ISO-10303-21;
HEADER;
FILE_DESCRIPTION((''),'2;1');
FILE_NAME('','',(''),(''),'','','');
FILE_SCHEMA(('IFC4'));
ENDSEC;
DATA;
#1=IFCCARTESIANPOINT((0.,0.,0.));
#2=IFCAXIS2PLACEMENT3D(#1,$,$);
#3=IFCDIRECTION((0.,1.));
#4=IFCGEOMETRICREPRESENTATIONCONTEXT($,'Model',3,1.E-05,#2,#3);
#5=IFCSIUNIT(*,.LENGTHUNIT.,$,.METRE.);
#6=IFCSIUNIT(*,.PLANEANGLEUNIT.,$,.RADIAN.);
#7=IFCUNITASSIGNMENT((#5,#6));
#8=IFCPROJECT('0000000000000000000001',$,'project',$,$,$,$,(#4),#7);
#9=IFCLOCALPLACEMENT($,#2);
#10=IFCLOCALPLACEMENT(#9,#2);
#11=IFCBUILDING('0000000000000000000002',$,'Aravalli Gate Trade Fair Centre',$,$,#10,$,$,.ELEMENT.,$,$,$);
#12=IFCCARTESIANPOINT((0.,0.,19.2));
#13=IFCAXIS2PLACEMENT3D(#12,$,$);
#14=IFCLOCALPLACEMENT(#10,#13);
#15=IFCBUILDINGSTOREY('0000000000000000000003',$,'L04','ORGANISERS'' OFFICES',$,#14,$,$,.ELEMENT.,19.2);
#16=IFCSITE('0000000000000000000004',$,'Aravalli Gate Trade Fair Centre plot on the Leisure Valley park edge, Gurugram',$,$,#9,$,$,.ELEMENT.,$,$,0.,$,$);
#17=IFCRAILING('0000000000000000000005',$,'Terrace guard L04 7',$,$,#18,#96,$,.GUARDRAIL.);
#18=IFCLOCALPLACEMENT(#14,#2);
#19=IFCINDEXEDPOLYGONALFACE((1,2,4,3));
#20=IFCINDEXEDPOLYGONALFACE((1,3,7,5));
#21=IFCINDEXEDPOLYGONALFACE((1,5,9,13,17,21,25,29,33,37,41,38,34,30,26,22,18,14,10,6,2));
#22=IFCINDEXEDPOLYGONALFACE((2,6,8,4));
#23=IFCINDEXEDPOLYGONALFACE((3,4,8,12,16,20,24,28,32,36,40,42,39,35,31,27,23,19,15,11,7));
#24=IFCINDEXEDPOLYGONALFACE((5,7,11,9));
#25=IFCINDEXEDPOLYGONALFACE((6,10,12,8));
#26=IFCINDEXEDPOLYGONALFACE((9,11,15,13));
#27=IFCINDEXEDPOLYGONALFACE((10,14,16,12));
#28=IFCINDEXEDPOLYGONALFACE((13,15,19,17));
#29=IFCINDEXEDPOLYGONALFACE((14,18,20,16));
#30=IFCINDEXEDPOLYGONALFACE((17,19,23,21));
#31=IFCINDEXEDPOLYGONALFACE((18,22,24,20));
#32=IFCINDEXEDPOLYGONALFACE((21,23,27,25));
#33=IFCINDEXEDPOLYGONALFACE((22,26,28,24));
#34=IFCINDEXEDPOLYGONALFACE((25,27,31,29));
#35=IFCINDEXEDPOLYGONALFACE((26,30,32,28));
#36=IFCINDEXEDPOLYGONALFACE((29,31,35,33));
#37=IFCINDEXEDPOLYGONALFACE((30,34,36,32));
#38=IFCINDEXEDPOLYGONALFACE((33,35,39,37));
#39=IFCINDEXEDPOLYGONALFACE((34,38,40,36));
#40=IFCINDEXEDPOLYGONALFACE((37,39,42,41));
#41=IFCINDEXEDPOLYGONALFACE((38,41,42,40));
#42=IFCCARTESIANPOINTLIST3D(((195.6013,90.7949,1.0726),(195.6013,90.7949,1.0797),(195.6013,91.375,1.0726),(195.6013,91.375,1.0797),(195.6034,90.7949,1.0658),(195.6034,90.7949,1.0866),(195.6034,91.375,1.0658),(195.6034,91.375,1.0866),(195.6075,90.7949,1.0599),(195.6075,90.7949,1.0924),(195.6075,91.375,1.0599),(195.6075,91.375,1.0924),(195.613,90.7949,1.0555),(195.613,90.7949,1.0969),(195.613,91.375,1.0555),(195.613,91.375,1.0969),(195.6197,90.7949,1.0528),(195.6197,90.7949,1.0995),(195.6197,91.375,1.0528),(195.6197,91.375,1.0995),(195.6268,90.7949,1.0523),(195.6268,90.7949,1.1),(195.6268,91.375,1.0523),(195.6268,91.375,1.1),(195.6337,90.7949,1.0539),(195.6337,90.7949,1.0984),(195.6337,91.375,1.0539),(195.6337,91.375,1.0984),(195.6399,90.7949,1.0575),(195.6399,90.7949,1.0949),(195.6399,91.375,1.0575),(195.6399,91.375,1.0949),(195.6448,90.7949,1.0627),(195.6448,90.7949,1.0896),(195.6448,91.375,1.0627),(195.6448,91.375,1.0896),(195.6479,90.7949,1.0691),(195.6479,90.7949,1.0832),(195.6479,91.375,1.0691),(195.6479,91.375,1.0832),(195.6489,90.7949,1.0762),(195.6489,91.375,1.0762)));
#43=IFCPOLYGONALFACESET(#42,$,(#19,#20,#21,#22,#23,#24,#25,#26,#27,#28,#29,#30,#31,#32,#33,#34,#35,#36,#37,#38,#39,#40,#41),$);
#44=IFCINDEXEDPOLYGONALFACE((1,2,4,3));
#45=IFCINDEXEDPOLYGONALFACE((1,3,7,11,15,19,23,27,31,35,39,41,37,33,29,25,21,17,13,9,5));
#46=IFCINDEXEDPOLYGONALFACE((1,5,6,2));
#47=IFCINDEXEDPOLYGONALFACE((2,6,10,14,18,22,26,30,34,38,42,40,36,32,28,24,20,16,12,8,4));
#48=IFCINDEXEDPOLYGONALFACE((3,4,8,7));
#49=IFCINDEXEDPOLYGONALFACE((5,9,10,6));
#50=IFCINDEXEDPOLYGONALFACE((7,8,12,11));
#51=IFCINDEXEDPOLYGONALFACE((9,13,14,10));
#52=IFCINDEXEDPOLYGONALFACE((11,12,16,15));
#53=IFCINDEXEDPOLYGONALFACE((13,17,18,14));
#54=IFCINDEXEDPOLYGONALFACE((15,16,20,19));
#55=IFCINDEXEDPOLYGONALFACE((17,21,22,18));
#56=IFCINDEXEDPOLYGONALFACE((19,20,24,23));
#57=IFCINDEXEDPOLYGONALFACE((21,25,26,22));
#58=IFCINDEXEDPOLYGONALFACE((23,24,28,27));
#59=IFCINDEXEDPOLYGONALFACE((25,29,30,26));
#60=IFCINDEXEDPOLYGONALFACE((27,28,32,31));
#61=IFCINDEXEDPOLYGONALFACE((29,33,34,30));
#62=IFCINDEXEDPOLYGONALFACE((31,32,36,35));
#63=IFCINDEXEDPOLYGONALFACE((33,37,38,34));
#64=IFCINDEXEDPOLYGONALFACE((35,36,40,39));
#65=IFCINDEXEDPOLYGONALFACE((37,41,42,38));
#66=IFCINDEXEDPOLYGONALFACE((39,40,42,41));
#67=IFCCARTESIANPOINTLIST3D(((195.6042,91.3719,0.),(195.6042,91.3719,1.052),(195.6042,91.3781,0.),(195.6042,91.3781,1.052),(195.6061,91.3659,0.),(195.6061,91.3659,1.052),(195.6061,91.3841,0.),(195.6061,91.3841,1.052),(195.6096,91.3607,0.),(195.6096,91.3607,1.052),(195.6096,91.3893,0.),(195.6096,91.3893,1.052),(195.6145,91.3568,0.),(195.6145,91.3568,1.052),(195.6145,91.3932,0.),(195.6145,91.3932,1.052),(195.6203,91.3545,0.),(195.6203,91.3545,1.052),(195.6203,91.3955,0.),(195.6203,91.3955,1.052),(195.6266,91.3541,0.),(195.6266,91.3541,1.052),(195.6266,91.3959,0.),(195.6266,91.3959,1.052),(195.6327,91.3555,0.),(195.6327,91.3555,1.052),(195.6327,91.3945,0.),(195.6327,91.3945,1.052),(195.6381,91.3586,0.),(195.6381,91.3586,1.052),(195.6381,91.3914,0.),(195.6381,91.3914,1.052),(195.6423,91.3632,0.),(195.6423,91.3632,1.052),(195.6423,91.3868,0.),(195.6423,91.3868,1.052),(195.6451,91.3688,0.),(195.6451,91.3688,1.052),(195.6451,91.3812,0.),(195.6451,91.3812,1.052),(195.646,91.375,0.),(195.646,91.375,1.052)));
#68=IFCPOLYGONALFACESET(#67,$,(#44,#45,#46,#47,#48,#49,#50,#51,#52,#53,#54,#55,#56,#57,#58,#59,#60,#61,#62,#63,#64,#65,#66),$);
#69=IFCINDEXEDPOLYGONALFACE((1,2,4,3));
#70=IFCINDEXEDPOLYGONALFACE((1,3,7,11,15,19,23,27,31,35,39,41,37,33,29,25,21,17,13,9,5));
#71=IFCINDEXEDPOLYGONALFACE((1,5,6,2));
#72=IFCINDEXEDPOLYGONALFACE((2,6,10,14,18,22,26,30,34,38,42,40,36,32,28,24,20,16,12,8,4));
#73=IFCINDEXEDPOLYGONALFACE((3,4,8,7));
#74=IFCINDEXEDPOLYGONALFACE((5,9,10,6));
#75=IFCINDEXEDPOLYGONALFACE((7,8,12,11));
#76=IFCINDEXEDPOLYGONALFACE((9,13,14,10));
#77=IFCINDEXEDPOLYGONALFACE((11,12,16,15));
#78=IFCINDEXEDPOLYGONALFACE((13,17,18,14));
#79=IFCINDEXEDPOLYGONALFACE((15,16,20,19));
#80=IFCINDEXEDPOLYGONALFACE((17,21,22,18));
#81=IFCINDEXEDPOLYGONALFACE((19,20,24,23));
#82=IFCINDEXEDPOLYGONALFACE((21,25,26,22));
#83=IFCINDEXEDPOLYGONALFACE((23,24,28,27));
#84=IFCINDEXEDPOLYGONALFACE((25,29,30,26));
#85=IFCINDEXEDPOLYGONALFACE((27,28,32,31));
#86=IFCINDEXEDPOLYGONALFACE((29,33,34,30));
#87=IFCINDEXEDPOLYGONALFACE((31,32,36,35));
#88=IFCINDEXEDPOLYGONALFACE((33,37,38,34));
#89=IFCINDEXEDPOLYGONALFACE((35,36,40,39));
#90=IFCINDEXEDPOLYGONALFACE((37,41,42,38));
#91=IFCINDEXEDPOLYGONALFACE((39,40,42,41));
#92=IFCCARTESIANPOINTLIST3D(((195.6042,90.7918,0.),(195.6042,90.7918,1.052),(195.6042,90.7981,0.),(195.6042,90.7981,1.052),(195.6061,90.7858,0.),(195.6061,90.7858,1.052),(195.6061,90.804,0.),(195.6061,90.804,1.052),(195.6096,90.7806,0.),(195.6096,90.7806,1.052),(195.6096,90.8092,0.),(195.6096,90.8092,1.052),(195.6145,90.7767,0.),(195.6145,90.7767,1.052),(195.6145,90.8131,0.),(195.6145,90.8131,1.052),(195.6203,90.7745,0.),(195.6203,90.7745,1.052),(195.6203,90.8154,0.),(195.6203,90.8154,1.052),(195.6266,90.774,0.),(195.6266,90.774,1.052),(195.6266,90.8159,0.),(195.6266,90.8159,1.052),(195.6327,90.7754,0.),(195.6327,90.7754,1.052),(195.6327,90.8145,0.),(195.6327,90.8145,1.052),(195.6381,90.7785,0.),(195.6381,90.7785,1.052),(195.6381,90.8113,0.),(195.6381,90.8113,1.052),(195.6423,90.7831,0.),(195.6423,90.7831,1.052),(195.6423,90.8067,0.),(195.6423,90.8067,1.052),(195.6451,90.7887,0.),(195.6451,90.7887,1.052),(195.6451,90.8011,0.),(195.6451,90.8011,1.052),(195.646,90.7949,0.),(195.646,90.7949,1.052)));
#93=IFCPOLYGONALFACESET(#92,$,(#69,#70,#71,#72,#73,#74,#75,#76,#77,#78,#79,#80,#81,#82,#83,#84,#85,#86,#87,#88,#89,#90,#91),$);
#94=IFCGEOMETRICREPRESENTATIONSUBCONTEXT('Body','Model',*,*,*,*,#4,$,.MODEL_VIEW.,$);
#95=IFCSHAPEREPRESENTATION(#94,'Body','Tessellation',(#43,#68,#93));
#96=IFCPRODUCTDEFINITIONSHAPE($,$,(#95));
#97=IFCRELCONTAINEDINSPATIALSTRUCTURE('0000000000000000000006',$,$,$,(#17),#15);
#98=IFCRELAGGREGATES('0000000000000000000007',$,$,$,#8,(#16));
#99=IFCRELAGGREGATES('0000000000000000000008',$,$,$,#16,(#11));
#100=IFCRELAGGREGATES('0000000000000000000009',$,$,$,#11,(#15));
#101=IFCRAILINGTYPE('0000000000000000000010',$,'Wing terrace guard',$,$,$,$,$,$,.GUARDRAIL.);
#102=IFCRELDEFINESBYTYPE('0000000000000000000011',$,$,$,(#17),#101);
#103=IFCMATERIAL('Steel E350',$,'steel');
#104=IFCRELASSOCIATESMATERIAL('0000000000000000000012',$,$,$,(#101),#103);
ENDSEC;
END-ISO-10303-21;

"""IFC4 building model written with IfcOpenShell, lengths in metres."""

from ifc_helpers import new_model, si_unit, direction, frame, origin, origin_2d, place, context, subcontext, project, spatial, circle, extrude, material, type_object, element, save


model = new_model("IFC4")

# Units and contexts
model_context = context("Model", 3, precision=1e-05, world=origin(), true_north=direction((0.0, 1.0)))
body_context = subcontext(model_context, "Body", "Model", "MODEL_VIEW")
ifc_project = project(units=[si_unit("LENGTHUNIT", "METRE"), si_unit("PLANEANGLEUNIT", "RADIAN")], contexts=[model_context])

# Site, building, storey
site_placement = place(None, origin())
site = spatial("IfcSite", under=ifc_project, at=site_placement, Name="Aravalli Gate Trade Fair Centre plot on the Leisure Valley park edge, Gurugram", CompositionType="ELEMENT", RefElevation=0.0)
building_placement = place(site_placement, origin())
building = spatial("IfcBuilding", under=site, at=building_placement, Name="Aravalli Gate Trade Fair Centre", CompositionType="ELEMENT")
storey_placement = place(building_placement, frame((0.0, 0.0, 19.2)))
storey = spatial("IfcBuildingStorey", under=building, at=storey_placement, Name="L04", Description="ORGANISERS' OFFICES", CompositionType="ELEMENT", Elevation=19.2)

# Railing
ifc_material_1 = material(Name="Steel E350", Category="steel")
railing_type = type_object("IfcRailingType", Name="Wing terrace guard", PredefinedType="GUARDRAIL", material=ifc_material_1)
railing_1_placement = place(storey_placement, frame((195.625, 91.375, 0.0)))
element("IfcRailing", 1, at=railing_1_placement, inside=storey, type_object=railing_type, Name="Terrace guard L04 7", PredefinedType="GUARDRAIL", context=body_context, shape_type="SweptSolid", body=[
    extrude(circle(Radius=0.0239, at=origin_2d()), frame((0.0, 0.0, 1.0762), z_axis=(0.0, -1.0, 0.0), x_axis=(1.0, 0.0, 0.0)), (0.0, 0.0, 1.0), 0.5801),
    extrude(circle(Radius=0.021, at=origin_2d()), origin(), (0.0, 0.0, 1.0), 1.052),
    extrude(circle(Radius=0.021, at=origin_2d()), frame((0.0, -0.5801, 0.0)), (0.0, 0.0, 1.0), 1.052),
])

save(model, "model.ifc")
